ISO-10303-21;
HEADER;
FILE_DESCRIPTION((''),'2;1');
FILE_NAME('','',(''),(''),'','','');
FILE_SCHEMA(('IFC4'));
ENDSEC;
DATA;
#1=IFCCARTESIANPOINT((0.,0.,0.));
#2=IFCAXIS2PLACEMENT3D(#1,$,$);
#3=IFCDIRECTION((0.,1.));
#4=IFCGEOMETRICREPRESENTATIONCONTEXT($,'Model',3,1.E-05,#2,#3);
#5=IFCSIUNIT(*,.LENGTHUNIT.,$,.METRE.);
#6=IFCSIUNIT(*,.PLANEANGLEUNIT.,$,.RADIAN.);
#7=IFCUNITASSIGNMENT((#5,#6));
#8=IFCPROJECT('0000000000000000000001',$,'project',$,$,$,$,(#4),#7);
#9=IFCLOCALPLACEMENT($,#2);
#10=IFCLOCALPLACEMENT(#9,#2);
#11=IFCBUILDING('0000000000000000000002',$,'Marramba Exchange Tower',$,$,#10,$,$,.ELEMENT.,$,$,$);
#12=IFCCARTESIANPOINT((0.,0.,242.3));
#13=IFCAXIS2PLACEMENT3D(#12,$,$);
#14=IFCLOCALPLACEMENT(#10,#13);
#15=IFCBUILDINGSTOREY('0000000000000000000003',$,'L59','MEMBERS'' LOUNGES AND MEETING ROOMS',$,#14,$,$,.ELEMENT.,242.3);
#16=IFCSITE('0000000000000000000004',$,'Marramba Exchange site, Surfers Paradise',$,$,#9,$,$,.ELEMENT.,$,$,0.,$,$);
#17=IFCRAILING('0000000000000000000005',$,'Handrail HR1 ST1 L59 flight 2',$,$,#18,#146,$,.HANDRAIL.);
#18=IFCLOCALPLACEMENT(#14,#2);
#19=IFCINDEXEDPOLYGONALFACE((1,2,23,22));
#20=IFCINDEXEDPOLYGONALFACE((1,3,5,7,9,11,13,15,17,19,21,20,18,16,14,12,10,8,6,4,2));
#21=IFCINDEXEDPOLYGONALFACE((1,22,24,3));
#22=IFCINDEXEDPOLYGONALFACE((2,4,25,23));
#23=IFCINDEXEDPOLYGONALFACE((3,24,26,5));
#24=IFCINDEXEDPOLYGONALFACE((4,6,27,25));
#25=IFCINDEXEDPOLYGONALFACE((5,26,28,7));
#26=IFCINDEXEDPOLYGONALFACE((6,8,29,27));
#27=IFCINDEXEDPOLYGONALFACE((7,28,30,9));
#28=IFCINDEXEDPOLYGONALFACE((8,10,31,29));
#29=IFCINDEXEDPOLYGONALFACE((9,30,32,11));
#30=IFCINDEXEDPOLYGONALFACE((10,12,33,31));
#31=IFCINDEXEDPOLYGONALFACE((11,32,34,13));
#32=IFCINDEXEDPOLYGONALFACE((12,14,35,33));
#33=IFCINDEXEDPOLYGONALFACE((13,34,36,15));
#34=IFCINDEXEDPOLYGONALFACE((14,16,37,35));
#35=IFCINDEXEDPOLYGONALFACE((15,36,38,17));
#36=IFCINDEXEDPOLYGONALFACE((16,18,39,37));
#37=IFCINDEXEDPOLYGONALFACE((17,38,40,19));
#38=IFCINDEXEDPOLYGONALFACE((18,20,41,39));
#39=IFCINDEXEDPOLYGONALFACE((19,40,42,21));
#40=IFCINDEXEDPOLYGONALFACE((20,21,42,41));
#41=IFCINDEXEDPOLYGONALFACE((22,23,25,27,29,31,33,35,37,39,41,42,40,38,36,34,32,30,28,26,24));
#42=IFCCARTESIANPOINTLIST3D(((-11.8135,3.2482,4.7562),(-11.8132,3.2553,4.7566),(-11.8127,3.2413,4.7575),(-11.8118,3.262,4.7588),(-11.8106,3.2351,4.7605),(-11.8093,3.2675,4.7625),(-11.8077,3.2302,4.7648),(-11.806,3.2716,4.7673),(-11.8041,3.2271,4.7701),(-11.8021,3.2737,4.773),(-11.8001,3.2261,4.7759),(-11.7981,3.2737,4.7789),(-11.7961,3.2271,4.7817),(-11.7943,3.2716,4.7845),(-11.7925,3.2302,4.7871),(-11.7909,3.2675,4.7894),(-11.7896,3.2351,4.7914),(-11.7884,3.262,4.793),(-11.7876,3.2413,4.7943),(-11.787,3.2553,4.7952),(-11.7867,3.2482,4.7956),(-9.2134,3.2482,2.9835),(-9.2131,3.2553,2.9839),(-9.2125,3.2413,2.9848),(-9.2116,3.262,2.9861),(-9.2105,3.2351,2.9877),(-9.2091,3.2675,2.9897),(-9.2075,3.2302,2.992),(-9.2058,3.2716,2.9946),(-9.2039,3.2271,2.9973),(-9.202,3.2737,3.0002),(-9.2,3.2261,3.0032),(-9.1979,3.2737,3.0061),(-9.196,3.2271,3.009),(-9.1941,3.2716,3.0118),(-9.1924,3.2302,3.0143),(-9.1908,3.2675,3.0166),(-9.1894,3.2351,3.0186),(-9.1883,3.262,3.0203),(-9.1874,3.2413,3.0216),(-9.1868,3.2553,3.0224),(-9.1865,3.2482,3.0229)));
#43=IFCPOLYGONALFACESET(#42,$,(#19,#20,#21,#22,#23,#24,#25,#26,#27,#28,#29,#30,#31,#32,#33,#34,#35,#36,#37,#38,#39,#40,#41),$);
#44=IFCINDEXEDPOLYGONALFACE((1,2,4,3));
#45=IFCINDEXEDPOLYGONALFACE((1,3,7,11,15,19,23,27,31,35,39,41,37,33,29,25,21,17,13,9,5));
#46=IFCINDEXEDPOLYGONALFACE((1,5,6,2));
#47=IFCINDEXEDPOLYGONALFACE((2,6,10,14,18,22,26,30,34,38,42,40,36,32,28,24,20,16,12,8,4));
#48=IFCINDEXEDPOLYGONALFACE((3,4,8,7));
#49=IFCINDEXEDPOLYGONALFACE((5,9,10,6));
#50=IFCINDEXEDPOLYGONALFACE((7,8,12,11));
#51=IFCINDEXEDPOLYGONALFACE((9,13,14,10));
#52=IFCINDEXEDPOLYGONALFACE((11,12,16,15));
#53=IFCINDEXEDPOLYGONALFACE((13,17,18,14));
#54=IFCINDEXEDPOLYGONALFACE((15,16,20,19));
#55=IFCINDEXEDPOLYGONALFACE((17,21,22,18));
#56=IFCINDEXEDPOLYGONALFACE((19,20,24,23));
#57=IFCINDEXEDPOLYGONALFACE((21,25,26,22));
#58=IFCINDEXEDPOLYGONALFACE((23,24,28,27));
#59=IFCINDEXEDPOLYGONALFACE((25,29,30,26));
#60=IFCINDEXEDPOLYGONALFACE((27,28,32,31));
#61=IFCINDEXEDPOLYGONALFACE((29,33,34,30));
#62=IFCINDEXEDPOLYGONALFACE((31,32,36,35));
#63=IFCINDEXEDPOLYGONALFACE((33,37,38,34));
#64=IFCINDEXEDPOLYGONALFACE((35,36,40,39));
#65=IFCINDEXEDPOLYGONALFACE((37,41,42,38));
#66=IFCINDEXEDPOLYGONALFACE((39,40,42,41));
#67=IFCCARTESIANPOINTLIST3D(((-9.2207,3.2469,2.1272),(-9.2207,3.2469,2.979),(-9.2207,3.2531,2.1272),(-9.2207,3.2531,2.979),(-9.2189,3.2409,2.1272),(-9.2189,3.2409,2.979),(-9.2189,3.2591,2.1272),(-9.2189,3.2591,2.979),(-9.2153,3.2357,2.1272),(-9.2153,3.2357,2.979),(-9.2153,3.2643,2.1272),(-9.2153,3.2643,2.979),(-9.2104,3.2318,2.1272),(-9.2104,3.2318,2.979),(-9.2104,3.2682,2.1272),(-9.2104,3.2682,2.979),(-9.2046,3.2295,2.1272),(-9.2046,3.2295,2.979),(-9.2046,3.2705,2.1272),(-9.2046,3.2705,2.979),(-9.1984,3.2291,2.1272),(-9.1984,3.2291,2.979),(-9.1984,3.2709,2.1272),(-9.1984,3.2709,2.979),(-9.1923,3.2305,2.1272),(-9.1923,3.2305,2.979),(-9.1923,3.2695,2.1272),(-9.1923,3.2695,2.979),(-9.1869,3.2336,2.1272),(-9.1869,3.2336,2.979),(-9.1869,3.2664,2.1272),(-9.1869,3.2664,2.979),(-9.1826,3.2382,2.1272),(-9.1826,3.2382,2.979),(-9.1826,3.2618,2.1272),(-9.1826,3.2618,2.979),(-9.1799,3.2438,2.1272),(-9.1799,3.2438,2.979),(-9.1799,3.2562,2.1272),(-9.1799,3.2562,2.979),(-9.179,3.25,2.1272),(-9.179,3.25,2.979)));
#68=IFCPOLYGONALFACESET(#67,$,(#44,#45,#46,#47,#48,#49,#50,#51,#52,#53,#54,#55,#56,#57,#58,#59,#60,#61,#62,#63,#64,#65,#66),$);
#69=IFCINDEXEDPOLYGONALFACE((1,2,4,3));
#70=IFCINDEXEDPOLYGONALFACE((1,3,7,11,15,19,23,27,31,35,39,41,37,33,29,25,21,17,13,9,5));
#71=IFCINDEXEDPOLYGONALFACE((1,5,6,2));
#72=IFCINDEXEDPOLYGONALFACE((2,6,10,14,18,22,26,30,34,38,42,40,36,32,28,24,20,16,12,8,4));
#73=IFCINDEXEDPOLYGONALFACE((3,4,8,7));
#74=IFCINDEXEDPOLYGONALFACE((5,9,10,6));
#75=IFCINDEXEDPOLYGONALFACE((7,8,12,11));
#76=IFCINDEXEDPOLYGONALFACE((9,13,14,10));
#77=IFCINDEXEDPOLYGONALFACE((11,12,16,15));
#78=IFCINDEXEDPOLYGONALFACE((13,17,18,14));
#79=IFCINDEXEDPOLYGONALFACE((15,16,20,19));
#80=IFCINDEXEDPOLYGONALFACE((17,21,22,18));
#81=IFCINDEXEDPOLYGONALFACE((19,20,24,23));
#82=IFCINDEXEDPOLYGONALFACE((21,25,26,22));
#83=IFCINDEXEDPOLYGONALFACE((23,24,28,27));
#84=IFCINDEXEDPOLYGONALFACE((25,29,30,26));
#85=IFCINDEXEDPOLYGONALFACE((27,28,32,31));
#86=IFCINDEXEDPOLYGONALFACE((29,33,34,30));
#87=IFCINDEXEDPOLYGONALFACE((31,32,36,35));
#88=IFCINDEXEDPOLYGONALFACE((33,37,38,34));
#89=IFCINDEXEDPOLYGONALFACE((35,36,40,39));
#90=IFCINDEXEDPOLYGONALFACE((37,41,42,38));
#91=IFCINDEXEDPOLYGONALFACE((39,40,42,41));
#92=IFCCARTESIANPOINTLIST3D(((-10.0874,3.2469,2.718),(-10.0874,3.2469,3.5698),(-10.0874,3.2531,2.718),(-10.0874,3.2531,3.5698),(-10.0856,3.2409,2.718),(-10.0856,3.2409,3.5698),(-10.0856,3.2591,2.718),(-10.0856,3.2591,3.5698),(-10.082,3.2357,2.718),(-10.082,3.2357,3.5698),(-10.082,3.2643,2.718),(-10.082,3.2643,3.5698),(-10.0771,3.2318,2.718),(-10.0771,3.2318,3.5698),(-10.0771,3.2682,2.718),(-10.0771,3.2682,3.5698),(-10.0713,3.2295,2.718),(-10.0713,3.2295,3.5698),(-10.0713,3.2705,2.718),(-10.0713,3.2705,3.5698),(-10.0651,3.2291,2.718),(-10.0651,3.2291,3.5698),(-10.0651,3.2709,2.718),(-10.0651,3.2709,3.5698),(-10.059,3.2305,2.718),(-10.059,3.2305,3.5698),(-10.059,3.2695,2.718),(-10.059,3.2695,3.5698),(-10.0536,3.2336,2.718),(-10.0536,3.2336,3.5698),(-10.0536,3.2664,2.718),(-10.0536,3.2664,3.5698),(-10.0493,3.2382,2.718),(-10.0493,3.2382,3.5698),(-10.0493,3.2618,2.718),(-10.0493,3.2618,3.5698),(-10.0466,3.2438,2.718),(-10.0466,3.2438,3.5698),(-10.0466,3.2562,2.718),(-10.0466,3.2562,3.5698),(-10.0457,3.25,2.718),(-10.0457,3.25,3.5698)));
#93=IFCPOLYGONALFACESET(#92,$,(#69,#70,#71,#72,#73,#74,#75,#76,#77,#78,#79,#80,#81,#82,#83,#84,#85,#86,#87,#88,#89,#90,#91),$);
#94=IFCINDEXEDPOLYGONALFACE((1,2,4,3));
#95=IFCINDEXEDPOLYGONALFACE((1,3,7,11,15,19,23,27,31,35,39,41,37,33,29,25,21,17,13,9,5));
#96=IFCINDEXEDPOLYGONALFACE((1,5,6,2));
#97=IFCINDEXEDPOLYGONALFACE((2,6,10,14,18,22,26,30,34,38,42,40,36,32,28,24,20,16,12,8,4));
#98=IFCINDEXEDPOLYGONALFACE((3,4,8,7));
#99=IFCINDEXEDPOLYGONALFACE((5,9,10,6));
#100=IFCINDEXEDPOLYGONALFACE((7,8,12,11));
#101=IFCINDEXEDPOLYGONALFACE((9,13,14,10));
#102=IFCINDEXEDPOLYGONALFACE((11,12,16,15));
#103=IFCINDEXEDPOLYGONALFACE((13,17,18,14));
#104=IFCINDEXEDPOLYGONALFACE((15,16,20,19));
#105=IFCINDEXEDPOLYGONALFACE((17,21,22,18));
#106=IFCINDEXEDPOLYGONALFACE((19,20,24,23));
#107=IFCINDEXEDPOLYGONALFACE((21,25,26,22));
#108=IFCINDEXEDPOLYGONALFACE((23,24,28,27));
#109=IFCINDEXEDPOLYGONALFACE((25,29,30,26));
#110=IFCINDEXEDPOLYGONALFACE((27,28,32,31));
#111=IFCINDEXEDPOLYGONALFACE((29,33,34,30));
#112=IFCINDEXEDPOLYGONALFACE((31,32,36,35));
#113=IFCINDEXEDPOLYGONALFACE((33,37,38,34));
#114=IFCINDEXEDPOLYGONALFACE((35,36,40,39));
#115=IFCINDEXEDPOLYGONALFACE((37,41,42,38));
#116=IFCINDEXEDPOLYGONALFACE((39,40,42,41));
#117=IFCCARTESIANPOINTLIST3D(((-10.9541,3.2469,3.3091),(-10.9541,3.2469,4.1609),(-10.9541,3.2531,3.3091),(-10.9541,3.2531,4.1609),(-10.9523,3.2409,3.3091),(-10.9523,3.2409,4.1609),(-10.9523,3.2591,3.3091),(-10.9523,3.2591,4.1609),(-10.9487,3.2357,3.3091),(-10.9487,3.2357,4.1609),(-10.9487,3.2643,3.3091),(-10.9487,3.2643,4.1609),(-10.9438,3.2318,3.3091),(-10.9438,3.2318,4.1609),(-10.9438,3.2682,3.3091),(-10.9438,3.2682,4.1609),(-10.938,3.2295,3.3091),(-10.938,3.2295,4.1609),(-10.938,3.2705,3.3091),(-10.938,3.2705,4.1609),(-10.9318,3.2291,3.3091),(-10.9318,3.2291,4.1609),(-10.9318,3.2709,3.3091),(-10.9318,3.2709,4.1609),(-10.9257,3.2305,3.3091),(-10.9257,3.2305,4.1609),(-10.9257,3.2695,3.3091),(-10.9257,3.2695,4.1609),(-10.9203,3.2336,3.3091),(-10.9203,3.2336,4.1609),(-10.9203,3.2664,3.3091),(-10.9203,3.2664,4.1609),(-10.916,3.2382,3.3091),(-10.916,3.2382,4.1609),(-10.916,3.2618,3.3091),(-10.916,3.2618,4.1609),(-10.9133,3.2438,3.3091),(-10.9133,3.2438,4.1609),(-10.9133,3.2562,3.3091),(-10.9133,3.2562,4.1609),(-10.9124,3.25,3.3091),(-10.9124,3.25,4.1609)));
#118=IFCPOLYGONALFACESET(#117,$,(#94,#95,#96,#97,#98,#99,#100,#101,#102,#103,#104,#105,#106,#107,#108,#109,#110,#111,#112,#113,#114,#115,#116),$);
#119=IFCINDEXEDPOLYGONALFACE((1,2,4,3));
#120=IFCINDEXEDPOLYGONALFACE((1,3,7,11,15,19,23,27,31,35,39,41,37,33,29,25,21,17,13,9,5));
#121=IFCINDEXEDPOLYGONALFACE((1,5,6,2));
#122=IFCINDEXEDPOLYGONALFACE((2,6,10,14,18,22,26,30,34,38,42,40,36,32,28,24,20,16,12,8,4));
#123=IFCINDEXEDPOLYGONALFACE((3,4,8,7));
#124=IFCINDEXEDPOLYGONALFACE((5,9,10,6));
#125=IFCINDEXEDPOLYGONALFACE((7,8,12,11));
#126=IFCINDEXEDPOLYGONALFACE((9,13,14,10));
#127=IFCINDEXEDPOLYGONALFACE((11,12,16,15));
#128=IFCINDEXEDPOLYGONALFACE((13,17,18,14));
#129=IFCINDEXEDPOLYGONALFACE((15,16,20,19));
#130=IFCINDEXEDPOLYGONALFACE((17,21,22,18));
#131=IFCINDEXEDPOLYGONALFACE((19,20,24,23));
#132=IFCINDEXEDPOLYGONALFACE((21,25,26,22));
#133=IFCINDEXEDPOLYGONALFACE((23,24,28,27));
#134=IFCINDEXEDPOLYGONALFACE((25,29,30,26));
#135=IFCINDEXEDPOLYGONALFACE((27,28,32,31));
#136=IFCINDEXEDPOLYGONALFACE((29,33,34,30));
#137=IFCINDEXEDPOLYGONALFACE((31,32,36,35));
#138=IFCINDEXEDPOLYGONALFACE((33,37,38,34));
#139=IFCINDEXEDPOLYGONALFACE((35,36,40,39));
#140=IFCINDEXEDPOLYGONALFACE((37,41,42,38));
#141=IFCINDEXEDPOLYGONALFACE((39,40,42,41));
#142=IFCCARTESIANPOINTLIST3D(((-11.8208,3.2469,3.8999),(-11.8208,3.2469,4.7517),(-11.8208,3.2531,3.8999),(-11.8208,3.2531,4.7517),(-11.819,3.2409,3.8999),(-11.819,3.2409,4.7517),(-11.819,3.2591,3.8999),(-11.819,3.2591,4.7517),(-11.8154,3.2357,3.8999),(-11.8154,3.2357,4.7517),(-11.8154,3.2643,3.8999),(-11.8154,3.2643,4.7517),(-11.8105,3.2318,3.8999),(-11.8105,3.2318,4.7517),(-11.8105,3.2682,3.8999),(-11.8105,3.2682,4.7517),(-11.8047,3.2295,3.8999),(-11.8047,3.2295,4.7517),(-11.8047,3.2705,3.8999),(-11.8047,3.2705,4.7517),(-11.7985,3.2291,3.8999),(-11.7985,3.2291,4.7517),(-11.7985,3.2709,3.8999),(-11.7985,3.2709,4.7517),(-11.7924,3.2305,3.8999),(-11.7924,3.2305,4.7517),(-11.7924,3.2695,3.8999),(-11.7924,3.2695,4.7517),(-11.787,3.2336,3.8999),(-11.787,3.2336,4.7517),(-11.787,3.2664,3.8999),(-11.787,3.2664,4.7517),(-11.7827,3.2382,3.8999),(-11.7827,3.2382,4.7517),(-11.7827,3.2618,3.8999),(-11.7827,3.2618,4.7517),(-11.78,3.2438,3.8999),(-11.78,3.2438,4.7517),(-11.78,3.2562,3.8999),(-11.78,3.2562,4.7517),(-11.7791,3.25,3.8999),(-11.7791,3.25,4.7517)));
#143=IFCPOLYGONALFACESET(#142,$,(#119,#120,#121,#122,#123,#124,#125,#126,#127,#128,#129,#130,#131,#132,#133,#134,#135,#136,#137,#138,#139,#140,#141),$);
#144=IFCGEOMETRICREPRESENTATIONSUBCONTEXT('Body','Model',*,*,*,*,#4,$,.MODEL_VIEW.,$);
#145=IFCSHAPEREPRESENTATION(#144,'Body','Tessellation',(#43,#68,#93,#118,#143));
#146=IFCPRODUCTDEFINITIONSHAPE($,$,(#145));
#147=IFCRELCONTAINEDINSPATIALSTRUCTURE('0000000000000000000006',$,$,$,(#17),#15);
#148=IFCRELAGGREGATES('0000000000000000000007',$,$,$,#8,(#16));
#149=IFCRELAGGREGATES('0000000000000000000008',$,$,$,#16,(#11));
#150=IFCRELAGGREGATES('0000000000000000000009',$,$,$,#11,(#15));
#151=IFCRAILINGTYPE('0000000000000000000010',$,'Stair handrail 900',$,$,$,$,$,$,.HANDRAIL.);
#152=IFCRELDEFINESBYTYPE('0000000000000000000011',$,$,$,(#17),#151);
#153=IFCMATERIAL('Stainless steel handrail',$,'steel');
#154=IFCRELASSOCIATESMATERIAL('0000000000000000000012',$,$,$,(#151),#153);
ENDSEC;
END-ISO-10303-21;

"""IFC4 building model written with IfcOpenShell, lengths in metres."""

from ifc_helpers import new_model, si_unit, direction, frame, origin, origin_2d, place, context, subcontext, project, spatial, circle, extrude, material, type_object, element, save


model = new_model("IFC4")

# Units and contexts
model_context = context("Model", 3, precision=1e-05, world=origin(), true_north=direction((0.0, 1.0)))
body_context = subcontext(model_context, "Body", "Model", "MODEL_VIEW")
ifc_project = project(units=[si_unit("LENGTHUNIT", "METRE"), si_unit("PLANEANGLEUNIT", "RADIAN")], contexts=[model_context])

# Site, building, storey
site_placement = place(None, origin())
site = spatial("IfcSite", under=ifc_project, at=site_placement, Name="Marramba Exchange site, Surfers Paradise", CompositionType="ELEMENT", RefElevation=0.0)
building_placement = place(site_placement, origin())
building = spatial("IfcBuilding", under=site, at=building_placement, Name="Marramba Exchange Tower", CompositionType="ELEMENT")
storey_placement = place(building_placement, frame((0.0, 0.0, 242.3)))
storey = spatial("IfcBuildingStorey", under=building, at=storey_placement, Name="L59", Description="MEMBERS' LOUNGES AND MEETING ROOMS", CompositionType="ELEMENT", Elevation=242.3)

# Railing
ifc_material_1 = material(Name="Stainless steel handrail", Category="steel")
railing_type = type_object("IfcRailingType", Name="Stair handrail 900", PredefinedType="HANDRAIL", material=ifc_material_1)
railing_1_placement = place(storey_placement, frame((-9.2, 3.25, 2.1272)))
element("IfcRailing", 1, at=railing_1_placement, inside=storey, type_object=railing_type, Name="Handrail HR1 ST1 L59 flight 2", PredefinedType="HANDRAIL", context=body_context, shape_type="SweptSolid", body=[
    extrude(circle(Radius=0.0239, at=origin_2d()), frame((0.0, 0.0, 0.876), z_axis=(-0.82624, 0.0, 0.563318), x_axis=(0.0, -1.0, 0.0)), (0.0, 0.0, 1.0), 3.147),
    extrude(circle(Radius=0.021, at=origin_2d()), origin(), (0.0, 0.0, 1.0), 0.8518),
    extrude(circle(Radius=0.021, at=origin_2d()), frame((-0.8667, 0.0, 0.5908)), (0.0, 0.0, 1.0), 0.8518),
    extrude(circle(Radius=0.021, at=origin_2d()), frame((-1.7334, 0.0, 1.1819)), (0.0, 0.0, 1.0), 0.8518),
    extrude(circle(Radius=0.021, at=origin_2d()), frame((-2.6001, 0.0, 1.7727)), (0.0, 0.0, 1.0), 0.8518),
])

save(model, "model.ifc")
